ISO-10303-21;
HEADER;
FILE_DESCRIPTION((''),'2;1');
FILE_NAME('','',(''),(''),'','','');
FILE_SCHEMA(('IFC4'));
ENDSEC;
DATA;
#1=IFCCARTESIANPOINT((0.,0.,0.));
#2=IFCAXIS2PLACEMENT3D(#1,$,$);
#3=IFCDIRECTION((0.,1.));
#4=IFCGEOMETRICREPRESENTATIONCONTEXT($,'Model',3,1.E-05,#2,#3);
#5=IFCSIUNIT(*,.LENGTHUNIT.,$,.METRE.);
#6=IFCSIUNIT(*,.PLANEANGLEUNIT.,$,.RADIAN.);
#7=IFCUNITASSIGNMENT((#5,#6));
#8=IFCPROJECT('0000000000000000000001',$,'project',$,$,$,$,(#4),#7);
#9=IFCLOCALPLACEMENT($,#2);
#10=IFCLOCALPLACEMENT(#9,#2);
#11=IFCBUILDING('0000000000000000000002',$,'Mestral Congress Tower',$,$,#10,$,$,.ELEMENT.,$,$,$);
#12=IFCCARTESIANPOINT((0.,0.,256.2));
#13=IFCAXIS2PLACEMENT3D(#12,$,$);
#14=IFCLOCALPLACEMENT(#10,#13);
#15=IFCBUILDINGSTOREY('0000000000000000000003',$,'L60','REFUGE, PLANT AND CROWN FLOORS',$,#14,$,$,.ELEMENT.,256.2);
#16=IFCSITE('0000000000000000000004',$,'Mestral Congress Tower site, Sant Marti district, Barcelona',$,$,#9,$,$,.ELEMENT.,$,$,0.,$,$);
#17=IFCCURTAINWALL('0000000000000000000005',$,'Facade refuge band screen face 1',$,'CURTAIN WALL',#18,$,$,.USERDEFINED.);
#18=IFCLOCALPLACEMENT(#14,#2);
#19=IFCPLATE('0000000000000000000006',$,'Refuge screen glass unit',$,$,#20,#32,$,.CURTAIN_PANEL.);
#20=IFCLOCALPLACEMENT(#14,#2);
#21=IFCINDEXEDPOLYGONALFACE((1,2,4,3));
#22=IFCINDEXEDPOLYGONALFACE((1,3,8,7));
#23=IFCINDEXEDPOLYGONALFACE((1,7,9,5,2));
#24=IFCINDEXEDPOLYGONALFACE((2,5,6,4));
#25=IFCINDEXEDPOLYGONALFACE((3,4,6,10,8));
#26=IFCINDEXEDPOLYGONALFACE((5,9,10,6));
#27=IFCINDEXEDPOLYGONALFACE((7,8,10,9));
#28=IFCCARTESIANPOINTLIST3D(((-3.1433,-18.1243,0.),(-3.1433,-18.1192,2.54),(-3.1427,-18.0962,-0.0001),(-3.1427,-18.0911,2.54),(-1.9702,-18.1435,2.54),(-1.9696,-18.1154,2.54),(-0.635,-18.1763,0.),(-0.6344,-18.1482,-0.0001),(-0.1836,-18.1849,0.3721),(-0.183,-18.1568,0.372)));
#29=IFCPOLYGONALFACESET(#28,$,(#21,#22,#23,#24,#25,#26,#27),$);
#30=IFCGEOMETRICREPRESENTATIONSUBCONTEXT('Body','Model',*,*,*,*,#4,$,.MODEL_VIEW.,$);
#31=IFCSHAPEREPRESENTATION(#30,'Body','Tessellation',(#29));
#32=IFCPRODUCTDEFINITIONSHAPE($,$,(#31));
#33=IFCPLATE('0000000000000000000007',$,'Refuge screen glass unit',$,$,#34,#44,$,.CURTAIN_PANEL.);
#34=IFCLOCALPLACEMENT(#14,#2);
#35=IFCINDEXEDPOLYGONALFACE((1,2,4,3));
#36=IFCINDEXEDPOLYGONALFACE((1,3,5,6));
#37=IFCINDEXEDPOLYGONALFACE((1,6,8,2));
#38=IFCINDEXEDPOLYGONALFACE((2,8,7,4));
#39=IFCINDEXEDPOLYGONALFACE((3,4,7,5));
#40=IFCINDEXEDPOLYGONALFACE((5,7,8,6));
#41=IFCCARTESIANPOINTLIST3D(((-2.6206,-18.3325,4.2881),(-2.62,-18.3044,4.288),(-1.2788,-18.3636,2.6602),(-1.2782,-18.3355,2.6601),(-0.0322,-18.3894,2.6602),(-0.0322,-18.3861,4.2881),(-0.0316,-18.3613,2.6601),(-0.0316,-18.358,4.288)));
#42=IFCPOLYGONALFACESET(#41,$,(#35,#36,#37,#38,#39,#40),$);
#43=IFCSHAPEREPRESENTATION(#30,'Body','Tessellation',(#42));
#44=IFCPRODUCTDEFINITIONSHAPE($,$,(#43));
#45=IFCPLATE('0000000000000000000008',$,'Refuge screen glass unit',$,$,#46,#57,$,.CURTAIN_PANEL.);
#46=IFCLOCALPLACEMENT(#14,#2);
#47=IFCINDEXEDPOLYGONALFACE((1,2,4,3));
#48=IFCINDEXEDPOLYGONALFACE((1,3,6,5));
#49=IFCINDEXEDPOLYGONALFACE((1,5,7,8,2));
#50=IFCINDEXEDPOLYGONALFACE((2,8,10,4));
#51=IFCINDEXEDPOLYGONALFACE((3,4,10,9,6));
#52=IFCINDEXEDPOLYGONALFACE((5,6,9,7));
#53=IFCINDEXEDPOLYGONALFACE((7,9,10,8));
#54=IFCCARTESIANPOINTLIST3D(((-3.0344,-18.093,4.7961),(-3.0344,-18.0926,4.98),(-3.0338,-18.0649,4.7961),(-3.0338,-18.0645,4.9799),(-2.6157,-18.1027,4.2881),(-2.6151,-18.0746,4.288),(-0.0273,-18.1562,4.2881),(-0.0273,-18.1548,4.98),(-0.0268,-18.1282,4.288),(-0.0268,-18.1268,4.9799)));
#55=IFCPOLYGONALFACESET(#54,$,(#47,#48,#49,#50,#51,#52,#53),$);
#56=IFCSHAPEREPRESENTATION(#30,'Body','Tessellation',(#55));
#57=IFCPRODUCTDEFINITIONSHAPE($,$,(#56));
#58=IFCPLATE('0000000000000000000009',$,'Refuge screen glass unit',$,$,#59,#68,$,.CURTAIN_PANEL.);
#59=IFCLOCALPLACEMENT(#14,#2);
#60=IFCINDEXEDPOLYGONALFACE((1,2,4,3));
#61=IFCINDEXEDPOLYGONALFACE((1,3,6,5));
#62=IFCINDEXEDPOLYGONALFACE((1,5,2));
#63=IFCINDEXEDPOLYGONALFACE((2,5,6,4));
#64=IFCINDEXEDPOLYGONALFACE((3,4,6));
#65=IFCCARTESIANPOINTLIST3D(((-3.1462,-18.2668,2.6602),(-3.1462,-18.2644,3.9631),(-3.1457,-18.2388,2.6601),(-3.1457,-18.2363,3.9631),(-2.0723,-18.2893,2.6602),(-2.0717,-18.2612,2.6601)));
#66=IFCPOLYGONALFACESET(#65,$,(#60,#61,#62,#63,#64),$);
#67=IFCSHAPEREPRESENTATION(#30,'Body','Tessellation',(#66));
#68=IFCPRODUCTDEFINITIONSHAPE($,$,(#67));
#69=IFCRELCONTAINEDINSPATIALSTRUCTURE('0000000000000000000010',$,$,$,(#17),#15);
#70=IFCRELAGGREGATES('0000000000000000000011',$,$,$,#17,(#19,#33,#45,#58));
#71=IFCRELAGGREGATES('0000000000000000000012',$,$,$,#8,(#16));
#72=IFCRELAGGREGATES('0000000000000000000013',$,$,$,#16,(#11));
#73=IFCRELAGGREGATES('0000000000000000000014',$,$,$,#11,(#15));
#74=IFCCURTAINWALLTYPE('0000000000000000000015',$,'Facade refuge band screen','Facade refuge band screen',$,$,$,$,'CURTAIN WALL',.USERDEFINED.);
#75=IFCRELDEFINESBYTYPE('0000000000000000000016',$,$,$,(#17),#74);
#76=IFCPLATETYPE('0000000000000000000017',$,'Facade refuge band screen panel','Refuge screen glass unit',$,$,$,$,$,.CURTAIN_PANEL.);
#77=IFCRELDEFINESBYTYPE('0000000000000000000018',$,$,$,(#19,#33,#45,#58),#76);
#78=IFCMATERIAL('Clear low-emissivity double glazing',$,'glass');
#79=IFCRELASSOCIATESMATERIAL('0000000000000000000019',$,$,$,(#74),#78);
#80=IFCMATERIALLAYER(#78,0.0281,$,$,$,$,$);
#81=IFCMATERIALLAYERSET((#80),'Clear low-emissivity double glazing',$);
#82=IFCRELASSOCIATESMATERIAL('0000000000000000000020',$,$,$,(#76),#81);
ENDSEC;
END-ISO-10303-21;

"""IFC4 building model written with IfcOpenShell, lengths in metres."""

from ifc_helpers import new_model, si_unit, direction, frame, origin, place, context, subcontext, project, spatial, polyline, outline, extrude, material, layer, layer_set, type_object, element, aggregate, save


model = new_model("IFC4")

# Units and contexts
model_context = context("Model", 3, precision=1e-05, world=origin(), true_north=direction((0.0, 1.0)))
body_context = subcontext(model_context, "Body", "Model", "MODEL_VIEW")
ifc_project = project(units=[si_unit("LENGTHUNIT", "METRE"), si_unit("PLANEANGLEUNIT", "RADIAN")], contexts=[model_context])

# Site, building, storey
site_placement = place(None, origin())
site = spatial("IfcSite", under=ifc_project, at=site_placement, Name="Mestral Congress Tower site, Sant Marti district, Barcelona", CompositionType="ELEMENT", RefElevation=0.0)
building_placement = place(site_placement, origin())
building = spatial("IfcBuilding", under=site, at=building_placement, Name="Mestral Congress Tower", CompositionType="ELEMENT")
storey_placement = place(building_placement, frame((0.0, 0.0, 256.2)))
storey = spatial("IfcBuildingStorey", under=building, at=storey_placement, Name="L60", Description="REFUGE, PLANT AND CROWN FLOORS", CompositionType="ELEMENT", Elevation=256.2)

# Curtain wall
ifc_material_1 = material(Name="Clear low-emissivity double glazing", Category="glass")
curtain_wall_type = type_object("IfcCurtainWallType", Name="Facade refuge band screen", Description="Facade refuge band screen", ElementType="CURTAIN WALL", PredefinedType="USERDEFINED", material=ifc_material_1)
curtain_wall_placement = place(storey_placement, origin())
curtain_wall = element("IfcCurtainWall", 1, at=curtain_wall_placement, inside=storey, type_object=curtain_wall_type, Name="Facade refuge band screen face 1", ObjectType="CURTAIN WALL", PredefinedType="USERDEFINED")

# Plates
ifc_layer_1 = layer(ifc_material_1, 0.0281)
ifc_layer_set_1 = layer_set([ifc_layer_1], Name="Clear low-emissivity double glazing")
plate_type_1 = type_object("IfcPlateType", Name="Facade refuge band screen panel", Description="Refuge screen glass unit", PredefinedType="CURTAIN_PANEL", material=ifc_layer_set_1)
plate_1_placement = place(storey_placement, frame((-0.635, -18.1763, 0.0), z_axis=(-0.020731, -0.999783, 0.002), x_axis=(-0.999785, 0.020731, 0.0)))
plate_1 = element("IfcPlate", 2, at=plate_1_placement, type_object=plate_type_1, Name="Refuge screen glass unit", PredefinedType="CURTAIN_PANEL", context=body_context, shape_type="SweptSolid", body=[
    extrude(outline(polyline([(0.0, 0.0), (2.5088, 0.0), (2.5089, -2.54), (1.3356, -2.54), (-0.4515, -0.3721), (0.0, 0.0)])), origin(), (0.0, 0.0, -1.0), 0.0281),
])
plate_2_placement = place(storey_placement, frame((-0.0322, -18.3894, 2.6602), z_axis=(-0.020686, -0.999784, 0.002046), x_axis=(-0.999786, 0.020686, 0.0)))
plate_2 = element("IfcPlate", 3, at=plate_2_placement, type_object=plate_type_1, Name="Refuge screen glass unit", PredefinedType="CURTAIN_PANEL", context=body_context, shape_type="SweptSolid", body=[
    extrude(outline(polyline([(0.0, 0.0), (1.2468, 0.0), (2.589, -1.6279), (0.0001, -1.6279), (0.0, 0.0)])), origin(), (0.0, 0.0, -1.0), 0.0281),
])
plate_3_placement = place(storey_placement, frame((-0.0273, -18.1562, 4.2881), z_axis=(-0.020697, -0.999784, 0.002033), x_axis=(-0.999786, 0.020697, 0.0)))
plate_3 = element("IfcPlate", 4, at=plate_3_placement, type_object=plate_type_1, Name="Refuge screen glass unit", PredefinedType="CURTAIN_PANEL", context=body_context, shape_type="SweptSolid", body=[
    extrude(outline(polyline([(0.0, 0.0), (2.5889, 0.0), (3.0077, -0.5081), (3.0078, -0.6919), (0.0, -0.6919), (0.0, 0.0)])), origin(), (0.0, 0.0, -1.0), 0.0281),
])
plate_4_placement = place(storey_placement, frame((-3.1462, -18.2644, 3.9631), z_axis=(-0.020909, -0.99978, 0.001873), x_axis=(0.635967, -0.014746, -0.771575)))
plate_4 = element("IfcPlate", 5, at=plate_4_placement, type_object=plate_type_1, Name="Refuge screen glass unit", PredefinedType="CURTAIN_PANEL", context=body_context, shape_type="SweptSolid", body=[
    extrude(outline(polyline([(0.0, 0.0), (1.6887, 0.0), (1.0054, -0.8288), (0.0, 0.0)])), origin(), (0.0, 0.0, -1.0), 0.0281),
])

aggregate(curtain_wall, [plate_1, plate_2, plate_3, plate_4])

save(model, "model.ifc")
